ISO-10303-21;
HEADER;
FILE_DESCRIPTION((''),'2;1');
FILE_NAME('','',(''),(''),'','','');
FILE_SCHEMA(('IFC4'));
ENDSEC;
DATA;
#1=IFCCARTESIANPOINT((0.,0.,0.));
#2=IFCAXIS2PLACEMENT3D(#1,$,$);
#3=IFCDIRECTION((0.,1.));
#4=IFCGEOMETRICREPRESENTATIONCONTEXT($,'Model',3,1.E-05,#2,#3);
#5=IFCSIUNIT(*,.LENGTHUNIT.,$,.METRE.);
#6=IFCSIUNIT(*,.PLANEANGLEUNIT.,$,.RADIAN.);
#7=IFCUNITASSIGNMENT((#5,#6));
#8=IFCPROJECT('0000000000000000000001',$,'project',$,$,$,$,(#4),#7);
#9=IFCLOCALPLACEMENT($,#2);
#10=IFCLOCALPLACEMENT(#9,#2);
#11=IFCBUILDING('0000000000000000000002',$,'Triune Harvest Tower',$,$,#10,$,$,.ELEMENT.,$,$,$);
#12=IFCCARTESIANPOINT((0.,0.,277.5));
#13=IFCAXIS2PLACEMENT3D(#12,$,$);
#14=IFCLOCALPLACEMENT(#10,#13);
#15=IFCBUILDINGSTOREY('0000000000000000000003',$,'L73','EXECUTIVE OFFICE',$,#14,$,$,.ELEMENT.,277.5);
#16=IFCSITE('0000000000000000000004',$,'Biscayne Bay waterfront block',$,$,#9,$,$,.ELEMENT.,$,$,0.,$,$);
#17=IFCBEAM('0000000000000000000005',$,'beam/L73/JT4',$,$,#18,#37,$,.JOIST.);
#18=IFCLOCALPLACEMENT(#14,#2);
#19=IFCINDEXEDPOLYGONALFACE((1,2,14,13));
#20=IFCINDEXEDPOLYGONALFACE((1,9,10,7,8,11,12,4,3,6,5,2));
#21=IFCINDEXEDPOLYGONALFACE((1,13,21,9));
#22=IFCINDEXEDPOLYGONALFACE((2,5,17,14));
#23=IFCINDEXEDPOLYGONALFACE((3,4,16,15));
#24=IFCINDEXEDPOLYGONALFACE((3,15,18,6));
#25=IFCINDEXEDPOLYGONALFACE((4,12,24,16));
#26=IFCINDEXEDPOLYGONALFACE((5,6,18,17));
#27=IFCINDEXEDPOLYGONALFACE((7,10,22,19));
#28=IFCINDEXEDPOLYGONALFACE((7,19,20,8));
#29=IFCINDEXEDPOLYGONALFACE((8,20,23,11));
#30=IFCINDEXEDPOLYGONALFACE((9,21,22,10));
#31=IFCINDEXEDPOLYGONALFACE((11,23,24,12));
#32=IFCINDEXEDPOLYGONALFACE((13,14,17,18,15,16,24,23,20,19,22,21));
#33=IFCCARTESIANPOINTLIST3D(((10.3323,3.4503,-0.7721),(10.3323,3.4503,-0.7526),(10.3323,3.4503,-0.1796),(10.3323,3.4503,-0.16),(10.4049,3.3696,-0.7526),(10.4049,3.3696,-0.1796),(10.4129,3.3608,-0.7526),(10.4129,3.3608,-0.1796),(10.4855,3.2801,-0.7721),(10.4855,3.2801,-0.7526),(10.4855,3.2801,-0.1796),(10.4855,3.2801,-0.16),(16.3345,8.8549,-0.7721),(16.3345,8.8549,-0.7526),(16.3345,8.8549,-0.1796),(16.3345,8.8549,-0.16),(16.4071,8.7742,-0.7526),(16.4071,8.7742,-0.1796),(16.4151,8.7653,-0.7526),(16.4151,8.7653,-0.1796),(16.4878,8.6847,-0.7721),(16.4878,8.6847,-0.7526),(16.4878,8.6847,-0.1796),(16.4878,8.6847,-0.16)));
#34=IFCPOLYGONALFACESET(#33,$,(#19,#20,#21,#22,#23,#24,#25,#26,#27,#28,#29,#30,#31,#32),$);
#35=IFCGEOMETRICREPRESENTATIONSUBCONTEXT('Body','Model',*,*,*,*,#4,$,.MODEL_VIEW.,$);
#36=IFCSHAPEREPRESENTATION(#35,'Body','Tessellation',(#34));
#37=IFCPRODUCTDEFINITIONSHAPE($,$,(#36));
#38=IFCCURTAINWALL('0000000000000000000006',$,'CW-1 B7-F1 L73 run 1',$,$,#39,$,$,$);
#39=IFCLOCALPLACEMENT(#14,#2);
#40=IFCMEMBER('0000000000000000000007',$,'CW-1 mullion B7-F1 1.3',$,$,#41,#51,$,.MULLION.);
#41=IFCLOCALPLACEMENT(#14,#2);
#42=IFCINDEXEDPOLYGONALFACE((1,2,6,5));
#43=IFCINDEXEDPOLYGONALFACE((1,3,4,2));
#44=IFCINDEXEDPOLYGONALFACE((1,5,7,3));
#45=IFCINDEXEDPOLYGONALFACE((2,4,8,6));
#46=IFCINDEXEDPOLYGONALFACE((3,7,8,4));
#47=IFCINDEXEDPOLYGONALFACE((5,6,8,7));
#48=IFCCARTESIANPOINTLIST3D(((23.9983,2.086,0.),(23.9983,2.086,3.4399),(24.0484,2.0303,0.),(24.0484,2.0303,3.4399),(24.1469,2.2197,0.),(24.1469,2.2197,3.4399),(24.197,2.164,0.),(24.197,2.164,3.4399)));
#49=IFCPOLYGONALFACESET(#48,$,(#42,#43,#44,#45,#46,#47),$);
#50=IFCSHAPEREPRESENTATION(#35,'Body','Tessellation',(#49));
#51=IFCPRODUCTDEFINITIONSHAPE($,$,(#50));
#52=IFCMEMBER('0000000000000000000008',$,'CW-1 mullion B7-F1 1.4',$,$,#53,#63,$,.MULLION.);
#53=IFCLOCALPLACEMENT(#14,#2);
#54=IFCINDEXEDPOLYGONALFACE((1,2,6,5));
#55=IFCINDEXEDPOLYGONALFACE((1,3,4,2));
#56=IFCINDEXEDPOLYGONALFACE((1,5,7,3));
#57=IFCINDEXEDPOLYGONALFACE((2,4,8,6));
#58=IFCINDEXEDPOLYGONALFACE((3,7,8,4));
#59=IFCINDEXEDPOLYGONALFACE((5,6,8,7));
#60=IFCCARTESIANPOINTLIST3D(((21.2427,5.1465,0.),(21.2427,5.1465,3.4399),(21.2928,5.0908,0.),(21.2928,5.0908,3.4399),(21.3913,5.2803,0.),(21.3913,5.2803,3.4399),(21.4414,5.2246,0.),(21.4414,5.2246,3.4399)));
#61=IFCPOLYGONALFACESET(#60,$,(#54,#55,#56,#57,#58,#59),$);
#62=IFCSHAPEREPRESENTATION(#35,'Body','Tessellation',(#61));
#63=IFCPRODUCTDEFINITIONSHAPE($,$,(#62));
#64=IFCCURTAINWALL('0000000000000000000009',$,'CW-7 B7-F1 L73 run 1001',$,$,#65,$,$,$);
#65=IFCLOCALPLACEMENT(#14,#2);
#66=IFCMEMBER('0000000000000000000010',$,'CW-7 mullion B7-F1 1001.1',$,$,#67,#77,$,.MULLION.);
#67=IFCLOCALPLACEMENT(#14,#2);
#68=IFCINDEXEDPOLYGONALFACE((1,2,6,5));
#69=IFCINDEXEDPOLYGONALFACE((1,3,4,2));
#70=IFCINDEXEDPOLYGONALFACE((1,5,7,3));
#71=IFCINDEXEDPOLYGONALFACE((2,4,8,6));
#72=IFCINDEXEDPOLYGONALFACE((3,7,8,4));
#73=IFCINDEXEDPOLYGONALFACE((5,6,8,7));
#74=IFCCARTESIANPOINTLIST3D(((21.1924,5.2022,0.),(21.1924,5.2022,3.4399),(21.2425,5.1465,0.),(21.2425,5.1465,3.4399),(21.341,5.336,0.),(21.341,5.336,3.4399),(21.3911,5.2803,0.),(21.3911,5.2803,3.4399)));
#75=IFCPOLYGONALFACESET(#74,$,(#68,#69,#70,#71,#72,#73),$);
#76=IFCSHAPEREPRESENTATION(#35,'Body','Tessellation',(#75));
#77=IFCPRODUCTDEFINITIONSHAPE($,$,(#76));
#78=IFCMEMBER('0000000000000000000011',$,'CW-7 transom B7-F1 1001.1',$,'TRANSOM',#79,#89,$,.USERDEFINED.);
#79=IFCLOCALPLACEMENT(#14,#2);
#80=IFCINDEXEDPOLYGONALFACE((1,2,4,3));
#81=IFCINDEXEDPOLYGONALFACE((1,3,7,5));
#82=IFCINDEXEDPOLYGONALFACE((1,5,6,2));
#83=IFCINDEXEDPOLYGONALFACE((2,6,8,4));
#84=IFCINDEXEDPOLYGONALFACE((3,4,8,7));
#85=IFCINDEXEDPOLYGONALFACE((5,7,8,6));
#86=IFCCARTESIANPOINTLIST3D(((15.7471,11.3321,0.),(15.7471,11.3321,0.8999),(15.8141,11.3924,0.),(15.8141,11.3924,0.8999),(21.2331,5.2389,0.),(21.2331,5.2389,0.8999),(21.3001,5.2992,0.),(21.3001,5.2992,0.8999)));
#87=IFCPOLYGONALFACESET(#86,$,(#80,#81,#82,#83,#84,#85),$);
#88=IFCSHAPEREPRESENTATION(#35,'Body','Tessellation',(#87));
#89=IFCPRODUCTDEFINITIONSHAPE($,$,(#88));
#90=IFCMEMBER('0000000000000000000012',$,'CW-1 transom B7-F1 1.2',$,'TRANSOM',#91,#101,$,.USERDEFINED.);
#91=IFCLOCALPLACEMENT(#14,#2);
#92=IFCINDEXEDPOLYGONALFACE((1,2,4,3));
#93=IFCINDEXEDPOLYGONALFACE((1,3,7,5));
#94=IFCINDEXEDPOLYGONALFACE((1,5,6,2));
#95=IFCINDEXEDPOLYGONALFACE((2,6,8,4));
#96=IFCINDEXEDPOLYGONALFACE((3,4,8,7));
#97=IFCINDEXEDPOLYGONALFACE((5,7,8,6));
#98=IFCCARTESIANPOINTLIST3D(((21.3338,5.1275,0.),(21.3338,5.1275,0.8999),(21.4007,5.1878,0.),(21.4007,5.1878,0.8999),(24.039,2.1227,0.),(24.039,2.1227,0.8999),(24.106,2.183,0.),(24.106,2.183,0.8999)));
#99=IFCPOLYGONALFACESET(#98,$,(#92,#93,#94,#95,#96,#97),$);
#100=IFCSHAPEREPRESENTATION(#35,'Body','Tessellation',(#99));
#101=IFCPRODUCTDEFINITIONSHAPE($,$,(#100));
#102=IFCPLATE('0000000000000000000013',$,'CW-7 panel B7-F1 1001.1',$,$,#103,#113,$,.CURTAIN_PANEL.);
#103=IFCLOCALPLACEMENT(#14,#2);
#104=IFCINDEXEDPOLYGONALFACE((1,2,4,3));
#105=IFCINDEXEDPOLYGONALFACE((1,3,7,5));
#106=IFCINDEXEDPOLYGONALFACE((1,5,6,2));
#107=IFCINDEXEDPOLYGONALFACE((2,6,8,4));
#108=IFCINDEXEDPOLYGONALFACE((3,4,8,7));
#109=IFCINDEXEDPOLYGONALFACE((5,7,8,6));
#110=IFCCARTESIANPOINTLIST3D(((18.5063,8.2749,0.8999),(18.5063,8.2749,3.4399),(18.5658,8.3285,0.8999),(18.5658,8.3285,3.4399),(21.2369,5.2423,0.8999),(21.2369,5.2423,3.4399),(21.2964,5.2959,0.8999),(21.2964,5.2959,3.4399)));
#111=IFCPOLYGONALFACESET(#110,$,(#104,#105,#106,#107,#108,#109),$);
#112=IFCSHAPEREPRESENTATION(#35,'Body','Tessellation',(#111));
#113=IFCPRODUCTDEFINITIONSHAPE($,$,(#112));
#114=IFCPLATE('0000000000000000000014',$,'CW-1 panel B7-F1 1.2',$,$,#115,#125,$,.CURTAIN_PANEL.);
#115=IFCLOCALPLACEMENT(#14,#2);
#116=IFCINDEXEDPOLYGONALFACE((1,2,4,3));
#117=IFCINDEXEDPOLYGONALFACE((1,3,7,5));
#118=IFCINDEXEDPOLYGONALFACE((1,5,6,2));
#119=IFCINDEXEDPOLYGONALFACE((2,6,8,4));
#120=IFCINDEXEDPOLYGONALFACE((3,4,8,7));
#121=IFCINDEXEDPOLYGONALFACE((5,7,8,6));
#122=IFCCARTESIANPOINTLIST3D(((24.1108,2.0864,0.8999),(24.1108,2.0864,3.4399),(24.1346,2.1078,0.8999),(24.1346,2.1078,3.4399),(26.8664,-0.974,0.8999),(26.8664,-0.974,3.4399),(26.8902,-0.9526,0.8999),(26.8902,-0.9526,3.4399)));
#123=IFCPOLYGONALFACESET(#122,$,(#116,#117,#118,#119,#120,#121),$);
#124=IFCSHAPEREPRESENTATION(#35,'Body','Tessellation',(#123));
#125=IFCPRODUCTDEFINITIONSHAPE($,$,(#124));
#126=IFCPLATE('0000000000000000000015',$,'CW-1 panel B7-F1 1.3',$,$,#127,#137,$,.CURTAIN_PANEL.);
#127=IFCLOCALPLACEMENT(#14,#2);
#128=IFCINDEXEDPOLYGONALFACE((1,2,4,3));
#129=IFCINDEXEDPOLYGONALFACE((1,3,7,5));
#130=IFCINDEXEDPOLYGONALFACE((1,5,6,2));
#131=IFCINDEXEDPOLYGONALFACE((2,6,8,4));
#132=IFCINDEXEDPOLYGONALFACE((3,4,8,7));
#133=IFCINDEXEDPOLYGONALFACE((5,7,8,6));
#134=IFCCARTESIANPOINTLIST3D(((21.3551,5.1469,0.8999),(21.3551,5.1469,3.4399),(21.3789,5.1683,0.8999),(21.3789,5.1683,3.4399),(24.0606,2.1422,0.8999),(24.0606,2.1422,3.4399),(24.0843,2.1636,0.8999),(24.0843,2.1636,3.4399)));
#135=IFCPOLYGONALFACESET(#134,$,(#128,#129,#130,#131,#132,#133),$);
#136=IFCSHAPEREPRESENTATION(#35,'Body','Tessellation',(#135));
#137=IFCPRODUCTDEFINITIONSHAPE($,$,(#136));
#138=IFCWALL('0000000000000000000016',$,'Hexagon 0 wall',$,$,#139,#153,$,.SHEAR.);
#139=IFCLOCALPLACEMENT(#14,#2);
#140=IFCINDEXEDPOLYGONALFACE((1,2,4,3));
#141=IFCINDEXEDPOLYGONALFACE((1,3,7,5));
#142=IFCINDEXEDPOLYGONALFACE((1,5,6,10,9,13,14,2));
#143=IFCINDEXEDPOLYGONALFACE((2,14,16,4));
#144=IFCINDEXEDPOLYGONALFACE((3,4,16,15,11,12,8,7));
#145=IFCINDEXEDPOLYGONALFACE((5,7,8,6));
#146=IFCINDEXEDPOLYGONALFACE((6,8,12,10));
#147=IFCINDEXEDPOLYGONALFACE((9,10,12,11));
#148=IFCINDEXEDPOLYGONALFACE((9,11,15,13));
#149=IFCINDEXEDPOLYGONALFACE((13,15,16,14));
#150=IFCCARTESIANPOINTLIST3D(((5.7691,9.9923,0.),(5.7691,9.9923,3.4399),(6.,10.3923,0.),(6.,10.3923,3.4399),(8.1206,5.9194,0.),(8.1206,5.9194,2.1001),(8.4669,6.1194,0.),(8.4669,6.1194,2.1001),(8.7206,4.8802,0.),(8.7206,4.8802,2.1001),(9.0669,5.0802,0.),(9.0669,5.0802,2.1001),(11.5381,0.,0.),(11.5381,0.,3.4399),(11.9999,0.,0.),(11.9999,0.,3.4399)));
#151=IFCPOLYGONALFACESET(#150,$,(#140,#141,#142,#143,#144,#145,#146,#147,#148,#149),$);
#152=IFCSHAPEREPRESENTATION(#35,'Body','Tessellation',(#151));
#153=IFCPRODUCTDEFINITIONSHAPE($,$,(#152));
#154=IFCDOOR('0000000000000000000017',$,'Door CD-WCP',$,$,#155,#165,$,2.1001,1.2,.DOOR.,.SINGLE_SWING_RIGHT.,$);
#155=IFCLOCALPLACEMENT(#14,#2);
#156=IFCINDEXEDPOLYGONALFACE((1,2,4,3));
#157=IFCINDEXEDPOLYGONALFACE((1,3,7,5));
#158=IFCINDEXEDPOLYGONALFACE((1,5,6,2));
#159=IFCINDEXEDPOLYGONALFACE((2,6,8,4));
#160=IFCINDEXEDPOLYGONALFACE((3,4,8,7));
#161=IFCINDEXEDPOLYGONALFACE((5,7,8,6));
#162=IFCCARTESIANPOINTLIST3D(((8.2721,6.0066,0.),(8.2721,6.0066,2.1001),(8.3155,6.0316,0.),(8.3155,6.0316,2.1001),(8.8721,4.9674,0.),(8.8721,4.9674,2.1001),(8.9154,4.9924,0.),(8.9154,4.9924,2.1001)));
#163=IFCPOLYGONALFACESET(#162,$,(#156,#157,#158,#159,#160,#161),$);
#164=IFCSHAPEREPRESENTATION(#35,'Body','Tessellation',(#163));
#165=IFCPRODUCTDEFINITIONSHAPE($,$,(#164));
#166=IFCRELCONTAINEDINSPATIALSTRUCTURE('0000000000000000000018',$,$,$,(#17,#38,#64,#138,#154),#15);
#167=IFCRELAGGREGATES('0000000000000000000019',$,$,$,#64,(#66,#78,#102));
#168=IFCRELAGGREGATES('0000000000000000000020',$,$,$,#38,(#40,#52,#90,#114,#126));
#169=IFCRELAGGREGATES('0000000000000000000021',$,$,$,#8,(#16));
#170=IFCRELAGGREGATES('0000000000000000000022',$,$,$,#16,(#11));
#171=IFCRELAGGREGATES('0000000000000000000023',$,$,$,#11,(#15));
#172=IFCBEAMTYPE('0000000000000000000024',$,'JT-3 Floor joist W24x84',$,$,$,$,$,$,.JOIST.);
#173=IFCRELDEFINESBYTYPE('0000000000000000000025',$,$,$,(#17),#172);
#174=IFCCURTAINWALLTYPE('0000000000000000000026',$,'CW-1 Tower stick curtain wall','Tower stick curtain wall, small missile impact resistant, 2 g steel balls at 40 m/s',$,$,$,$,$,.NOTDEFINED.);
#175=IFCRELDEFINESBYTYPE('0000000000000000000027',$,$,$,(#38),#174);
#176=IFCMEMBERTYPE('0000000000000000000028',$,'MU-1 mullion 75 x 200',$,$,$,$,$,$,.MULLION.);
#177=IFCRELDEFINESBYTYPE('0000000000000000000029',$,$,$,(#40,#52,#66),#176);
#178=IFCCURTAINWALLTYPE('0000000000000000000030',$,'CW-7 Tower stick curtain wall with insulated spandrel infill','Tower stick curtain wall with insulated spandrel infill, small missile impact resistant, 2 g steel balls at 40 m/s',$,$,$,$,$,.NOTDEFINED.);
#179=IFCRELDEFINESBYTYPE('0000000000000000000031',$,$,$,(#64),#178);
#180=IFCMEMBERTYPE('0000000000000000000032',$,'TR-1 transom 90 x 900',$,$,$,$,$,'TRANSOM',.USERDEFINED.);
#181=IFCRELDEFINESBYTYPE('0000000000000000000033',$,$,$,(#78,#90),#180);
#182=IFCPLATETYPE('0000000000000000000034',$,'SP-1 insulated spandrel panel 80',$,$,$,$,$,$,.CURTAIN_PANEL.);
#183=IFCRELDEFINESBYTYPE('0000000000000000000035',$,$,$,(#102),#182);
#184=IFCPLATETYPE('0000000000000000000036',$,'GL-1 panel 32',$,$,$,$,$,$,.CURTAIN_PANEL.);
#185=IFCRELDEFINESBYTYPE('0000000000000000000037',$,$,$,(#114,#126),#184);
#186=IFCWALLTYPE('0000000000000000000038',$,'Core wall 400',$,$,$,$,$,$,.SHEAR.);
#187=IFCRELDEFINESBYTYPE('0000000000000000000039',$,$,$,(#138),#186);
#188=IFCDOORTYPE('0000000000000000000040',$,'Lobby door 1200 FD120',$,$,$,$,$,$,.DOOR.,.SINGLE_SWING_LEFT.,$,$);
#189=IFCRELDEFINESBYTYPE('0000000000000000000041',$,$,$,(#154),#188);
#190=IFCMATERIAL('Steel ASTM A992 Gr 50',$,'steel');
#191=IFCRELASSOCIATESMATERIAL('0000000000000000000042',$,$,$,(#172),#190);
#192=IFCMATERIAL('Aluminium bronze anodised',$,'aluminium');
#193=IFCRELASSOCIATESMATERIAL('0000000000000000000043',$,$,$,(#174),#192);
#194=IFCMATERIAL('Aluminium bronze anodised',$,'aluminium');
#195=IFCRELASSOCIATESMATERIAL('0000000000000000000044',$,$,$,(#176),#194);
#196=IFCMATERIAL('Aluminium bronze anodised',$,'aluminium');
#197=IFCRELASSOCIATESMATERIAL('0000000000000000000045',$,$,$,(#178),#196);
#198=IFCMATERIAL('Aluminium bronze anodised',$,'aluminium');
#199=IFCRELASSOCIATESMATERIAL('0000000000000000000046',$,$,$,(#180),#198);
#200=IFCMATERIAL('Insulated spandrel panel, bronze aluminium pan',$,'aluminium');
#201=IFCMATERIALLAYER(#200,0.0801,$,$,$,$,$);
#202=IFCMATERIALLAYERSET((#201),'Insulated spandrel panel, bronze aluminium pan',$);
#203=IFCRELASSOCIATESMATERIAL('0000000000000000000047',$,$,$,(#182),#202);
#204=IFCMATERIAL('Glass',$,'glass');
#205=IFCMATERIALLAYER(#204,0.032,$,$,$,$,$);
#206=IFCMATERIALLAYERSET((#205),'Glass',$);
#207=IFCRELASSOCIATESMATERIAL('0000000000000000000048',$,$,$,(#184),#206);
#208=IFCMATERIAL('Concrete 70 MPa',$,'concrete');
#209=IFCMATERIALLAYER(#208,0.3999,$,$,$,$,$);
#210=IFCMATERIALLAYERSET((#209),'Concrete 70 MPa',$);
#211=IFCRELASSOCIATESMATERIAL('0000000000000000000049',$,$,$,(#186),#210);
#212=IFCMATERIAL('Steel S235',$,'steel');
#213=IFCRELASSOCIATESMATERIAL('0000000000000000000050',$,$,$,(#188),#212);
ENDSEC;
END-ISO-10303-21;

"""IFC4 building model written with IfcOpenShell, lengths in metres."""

from ifc_helpers import new_model, si_unit, direction, frame, frame_2d, origin, origin_2d, place, context, subcontext, project, spatial, polyline, rectangle, i_section, outline, extrude, source, transform, mapped, material, layer, layer_set, material_profile, profile_set, type_object, element, fill, aggregate, save


model = new_model("IFC4")

# Units and contexts
model_context = context("Model", 3, precision=1e-05, world=origin(), true_north=direction((0.0, 1.0)))
body_context = subcontext(model_context, "Body", "Model", "MODEL_VIEW")
ifc_project = project(units=[si_unit("LENGTHUNIT", "METRE"), si_unit("PLANEANGLEUNIT", "RADIAN")], contexts=[model_context])

# Site, building, storey
site_placement = place(None, origin())
site = spatial("IfcSite", under=ifc_project, at=site_placement, Name="Biscayne Bay waterfront block", CompositionType="ELEMENT", RefElevation=0.0)
building_placement = place(site_placement, origin())
building = spatial("IfcBuilding", under=site, at=building_placement, Name="Triune Harvest Tower", CompositionType="ELEMENT")
storey_placement = place(building_placement, frame((0.0, 0.0, 277.5)))
storey = spatial("IfcBuildingStorey", under=building, at=storey_placement, Name="L73", Description="EXECUTIVE OFFICE", CompositionType="ELEMENT", Elevation=277.5)

# Beam
ifc_material_1 = material(Name="Steel ASTM A992 Gr 50", Category="steel")
ifc_material_profile_1 = material_profile(ifc_material_1, i_section(OverallWidth=0.229, OverallDepth=0.6121, WebThickness=0.012, FlangeThickness=0.0195, at=origin_2d()), Name="W24x84")
ifc_profile_set_1 = profile_set([ifc_material_profile_1], Name="Steel ASTM A992 Gr 50")
beam_type_1 = type_object("IfcBeamType", Name="JT-3 Floor joist W24x84", PredefinedType="JOIST", material=ifc_profile_set_1)
shared_shape_1 = source(origin(), body_context, "Body", "SweptSolid", [
    extrude(i_section(OverallWidth=0.229, OverallDepth=0.6121, WebThickness=0.012, FlangeThickness=0.0195, at=origin_2d()), origin(), (0.0, 0.0, 1.0), 8.0769),
])
beam_1_placement = place(storey_placement, frame((16.4111, 8.7698, -0.4661), z_axis=(-0.743136, -0.66914, 0.0), x_axis=(0.66914, -0.743136, 0.0)))
element("IfcBeam", 1, at=beam_1_placement, inside=storey, type_object=beam_type_1, Name="beam/L73/JT4", PredefinedType="JOIST", context=body_context, shape_type="MappedRepresentation", body=[
    mapped(shared_shape_1, transform((0.0, 0.0, 0.0), scale=1.0)),
])

# Curtain walls, members
ifc_material_2 = material(Name="Aluminium bronze anodised", Category="aluminium")
curtain_wall_type_1 = type_object("IfcCurtainWallType", Name="CW-1 Tower stick curtain wall", Description="Tower stick curtain wall, small missile impact resistant, 2 g steel balls at 40 m/s", PredefinedType="NOTDEFINED", material=ifc_material_2)
curtain_wall_1_placement = place(storey_placement, origin())
curtain_wall_1 = element("IfcCurtainWall", 2, at=curtain_wall_1_placement, inside=storey, type_object=curtain_wall_type_1, Name="CW-1 B7-F1 L73 run 1")
ifc_material_3 = material(Name="Aluminium bronze anodised", Category="aluminium")
ifc_material_profile_2 = material_profile(ifc_material_3, rectangle(XDim=0.2, YDim=0.075, at=origin_2d()), Name="MU-1 mullion 75 x 200")
ifc_profile_set_2 = profile_set([ifc_material_profile_2], Name="Aluminium bronze anodised")
member_type_1 = type_object("IfcMemberType", Name="MU-1 mullion 75 x 200", PredefinedType="MULLION", material=ifc_profile_set_2)
shared_shape_2 = source(origin(), body_context, "Body", "SweptSolid", [
    extrude(rectangle(XDim=0.2, YDim=0.075, at=origin_2d()), origin(), (0.0, 0.0, 1.0), 3.4399),
])
member_1_placement = place(storey_placement, frame((24.0977, 2.125, 0.0), z_axis=(0.0, 0.0, 1.0), x_axis=(-0.743144, -0.669131, 0.0)))
member_1 = element("IfcMember", 3, at=member_1_placement, type_object=member_type_1, Name="CW-1 mullion B7-F1 1.3", PredefinedType="MULLION", context=body_context, shape_type="MappedRepresentation", body=[
    mapped(shared_shape_2, transform((0.0, 0.0, 0.0), scale=1.0)),
])
member_2_placement = place(storey_placement, frame((21.342, 5.1855, 0.0), z_axis=(0.0, 0.0, 1.0), x_axis=(-0.743144, -0.669131, 0.0)))
member_2 = element("IfcMember", 4, at=member_2_placement, type_object=member_type_1, Name="CW-1 mullion B7-F1 1.4", PredefinedType="MULLION", context=body_context, shape_type="MappedRepresentation", body=[
    mapped(shared_shape_2, transform((0.0, 0.0, 0.0), scale=1.0)),
])
ifc_material_4 = material(Name="Aluminium bronze anodised", Category="aluminium")
curtain_wall_type_2 = type_object("IfcCurtainWallType", Name="CW-7 Tower stick curtain wall with insulated spandrel infill", Description="Tower stick curtain wall with insulated spandrel infill, small missile impact resistant, 2 g steel balls at 40 m/s", PredefinedType="NOTDEFINED", material=ifc_material_4)
curtain_wall_2_placement = place(storey_placement, origin())
curtain_wall_2 = element("IfcCurtainWall", 5, at=curtain_wall_2_placement, inside=storey, type_object=curtain_wall_type_2, Name="CW-7 B7-F1 L73 run 1001")
member_3_placement = place(storey_placement, frame((21.2917, 5.2412, 0.0), z_axis=(0.0, 0.0, 1.0), x_axis=(-0.743144, -0.669131, 0.0)))
member_3 = element("IfcMember", 6, at=member_3_placement, type_object=member_type_1, Name="CW-7 mullion B7-F1 1001.1", PredefinedType="MULLION", context=body_context, shape_type="MappedRepresentation", body=[
    mapped(shared_shape_2, transform((0.0, 0.0, 0.0), scale=1.0)),
])
ifc_material_5 = material(Name="Aluminium bronze anodised", Category="aluminium")
ifc_material_profile_3 = material_profile(ifc_material_5, rectangle(XDim=0.0901, YDim=0.8999, at=origin_2d()), Name="TR-1 transom 90 x 900")
ifc_profile_set_3 = profile_set([ifc_material_profile_3], Name="Aluminium bronze anodised")
member_type_2 = type_object("IfcMemberType", Name="TR-1 transom 90 x 900", ElementType="TRANSOM", PredefinedType="USERDEFINED", material=ifc_profile_set_3)
shared_shape_3 = source(origin(), body_context, "Body", "SweptSolid", [
    extrude(rectangle(XDim=0.0901, YDim=0.8999, at=origin_2d()), origin(), (0.0, 0.0, 1.0), 8.199),
])
member_4_placement = place(storey_placement, frame((21.2666, 5.269, 0.45), z_axis=(-0.669109, 0.743164, 0.0), x_axis=(-0.743164, -0.669109, 0.0)))
member_4 = element("IfcMember", 7, at=member_4_placement, type_object=member_type_2, Name="CW-7 transom B7-F1 1001.1", ObjectType="TRANSOM", PredefinedType="USERDEFINED", context=body_context, shape_type="MappedRepresentation", body=[
    mapped(shared_shape_3, transform((0.0, 0.0, 0.0), scale=1.0)),
])

# Member
shared_shape_4 = source(origin(), body_context, "Body", "SweptSolid", [
    extrude(rectangle(XDim=0.0901, YDim=0.8999, at=origin_2d()), origin(), (0.0, 0.0, 1.0), 4.0432),
])
member_5_placement = place(storey_placement, frame((24.0725, 2.1528, 0.45), z_axis=(-0.669091, 0.74318, 0.0), x_axis=(-0.74318, -0.669091, 0.0)))
member_5 = element("IfcMember", 8, at=member_5_placement, type_object=member_type_2, Name="CW-1 transom B7-F1 1.2", ObjectType="TRANSOM", PredefinedType="USERDEFINED", context=body_context, shape_type="MappedRepresentation", body=[
    mapped(shared_shape_4, transform((0.0, 0.0, 0.0), scale=1.0)),
])

# Plates
ifc_material_6 = material(Name="Insulated spandrel panel, bronze aluminium pan", Category="aluminium")
ifc_layer_1 = layer(ifc_material_6, 0.0801)
ifc_layer_set_1 = layer_set([ifc_layer_1], Name="Insulated spandrel panel, bronze aluminium pan")
plate_type_1 = type_object("IfcPlateType", Name="SP-1 insulated spandrel panel 80", PredefinedType="CURTAIN_PANEL", material=ifc_layer_set_1)
shared_shape_5 = source(origin(), body_context, "Body", "SweptSolid", [
    extrude(rectangle(XDim=4.0808, YDim=0.0801, at=origin_2d()), origin(), (0.0, 0.0, 1.0), 2.54),
])
plate_1_placement = place(storey_placement, frame((19.9014, 6.7854, 0.8999), z_axis=(0.0, 0.0, 1.0), x_axis=(-0.669131, 0.743144, 0.0)))
plate_1 = element("IfcPlate", 9, at=plate_1_placement, type_object=plate_type_1, Name="CW-7 panel B7-F1 1001.1", PredefinedType="CURTAIN_PANEL", context=body_context, shape_type="MappedRepresentation", body=[
    mapped(shared_shape_5, transform((0.0, 0.0, 0.0), scale=1.0)),
])
aggregate(curtain_wall_2, [member_3, member_4, plate_1])
ifc_material_7 = material(Name="Glass", Category="glass")
ifc_layer_2 = layer(ifc_material_7, 0.032)
ifc_layer_set_2 = layer_set([ifc_layer_2], Name="Glass")
plate_type_2 = type_object("IfcPlateType", Name="GL-1 panel 32", PredefinedType="CURTAIN_PANEL", material=ifc_layer_set_2)
shared_shape_6 = source(origin(), body_context, "Body", "SweptSolid", [
    extrude(rectangle(XDim=4.1182, YDim=0.032, at=origin_2d()), origin(), (0.0, 0.0, 1.0), 2.54),
])
plate_2_placement = place(storey_placement, frame((25.5005, 0.5669, 0.8999), z_axis=(0.0, 0.0, 1.0), x_axis=(-0.669131, 0.743144, 0.0)))
plate_2 = element("IfcPlate", 10, at=plate_2_placement, type_object=plate_type_2, Name="CW-1 panel B7-F1 1.2", PredefinedType="CURTAIN_PANEL", context=body_context, shape_type="MappedRepresentation", body=[
    mapped(shared_shape_6, transform((0.0, 0.0, 0.0), scale=1.0)),
])
shared_shape_7 = source(origin(), body_context, "Body", "SweptSolid", [
    extrude(rectangle(XDim=4.0432, YDim=0.032, at=origin_2d()), origin(), (0.0, 0.0, 1.0), 2.54),
])
plate_3_placement = place(storey_placement, frame((22.7197, 3.6553, 0.8999), z_axis=(0.0, 0.0, 1.0), x_axis=(-0.669131, 0.743144, 0.0)))
plate_3 = element("IfcPlate", 11, at=plate_3_placement, type_object=plate_type_2, Name="CW-1 panel B7-F1 1.3", PredefinedType="CURTAIN_PANEL", context=body_context, shape_type="MappedRepresentation", body=[
    mapped(shared_shape_7, transform((0.0, 0.0, 0.0), scale=1.0)),
])
aggregate(curtain_wall_1, [member_1, member_2, member_5, plate_2, plate_3])

# Wall, opening, door
ifc_material_8 = material(Name="Concrete 70 MPa", Category="concrete")
ifc_layer_3 = layer(ifc_material_8, 0.3999)
ifc_layer_set_3 = layer_set([ifc_layer_3], Name="Concrete 70 MPa")
wall_type = type_object("IfcWallType", Name="Core wall 400", PredefinedType="SHEAR", material=ifc_layer_set_3)
shared_shape_8 = source(origin(), body_context, "Body", "SweptSolid", [
    extrude(outline(polyline([(-0.1155, -0.2), (11.8845, -0.2), (11.6536, 0.2), (0.1155, 0.2), (-0.1155, -0.2)])), origin(), (0.0, 0.0, 1.0), 3.4399),
])
wall_placement = place(storey_placement, frame((11.769, 0.0, 0.0), z_axis=(0.0, 0.0, 1.0), x_axis=(-0.499997, 0.866027, 0.0)))
wall = element("IfcWall", 12, at=wall_placement, inside=storey, type_object=wall_type, Name="Hexagon 0 wall", PredefinedType="SHEAR", context=body_context, shape_type="MappedRepresentation", body=[
    mapped(shared_shape_8, transform((0.0, 0.0, 0.0), scale=1.0)),
])
opening_placement = place(wall_placement, frame((5.7505, 0.0, 0.0)))
opening = element("IfcOpeningElement", 13, at=opening_placement, cuts=wall, PredefinedType="OPENING", context=body_context, shape_type="SweptSolid", body=[
    extrude(rectangle(XDim=1.2, YDim=2.1001, at=frame_2d((0.6001, 1.05))), frame((0.0, 0.21, 0.0), z_axis=(0.0, -1.0, 0.0), x_axis=(1.0, 0.0, 0.0)), (0.0, 0.0, 1.0), 0.4199),
])
ifc_material_9 = material(Name="Steel S235", Category="steel")
door_type = type_object("IfcDoorType", Name="Lobby door 1200 FD120", OperationType="SINGLE_SWING_LEFT", PredefinedType="DOOR", material=ifc_material_9)
door_placement = place(opening_placement, frame((1.2, 0.0, 0.0), z_axis=(0.0, 0.0, 1.0), x_axis=(-1.0, 0.0, 0.0)))
door = element("IfcDoor", 14, at=door_placement, inside=storey, type_object=door_type, Name="Door CD-WCP", OperationType="SINGLE_SWING_RIGHT", OverallHeight=2.1001, OverallWidth=1.2, PredefinedType="DOOR", context=body_context, shape_type="SweptSolid", body=[
    extrude(rectangle(XDim=1.2, YDim=2.1001, at=frame_2d((0.6001, 1.05))), frame((0.0, 0.0249, 0.0), z_axis=(0.0, -1.0, 0.0), x_axis=(1.0, 0.0, 0.0)), (0.0, 0.0, 1.0), 0.05),
])
fill(opening, door)

save(model, "model.ifc")
